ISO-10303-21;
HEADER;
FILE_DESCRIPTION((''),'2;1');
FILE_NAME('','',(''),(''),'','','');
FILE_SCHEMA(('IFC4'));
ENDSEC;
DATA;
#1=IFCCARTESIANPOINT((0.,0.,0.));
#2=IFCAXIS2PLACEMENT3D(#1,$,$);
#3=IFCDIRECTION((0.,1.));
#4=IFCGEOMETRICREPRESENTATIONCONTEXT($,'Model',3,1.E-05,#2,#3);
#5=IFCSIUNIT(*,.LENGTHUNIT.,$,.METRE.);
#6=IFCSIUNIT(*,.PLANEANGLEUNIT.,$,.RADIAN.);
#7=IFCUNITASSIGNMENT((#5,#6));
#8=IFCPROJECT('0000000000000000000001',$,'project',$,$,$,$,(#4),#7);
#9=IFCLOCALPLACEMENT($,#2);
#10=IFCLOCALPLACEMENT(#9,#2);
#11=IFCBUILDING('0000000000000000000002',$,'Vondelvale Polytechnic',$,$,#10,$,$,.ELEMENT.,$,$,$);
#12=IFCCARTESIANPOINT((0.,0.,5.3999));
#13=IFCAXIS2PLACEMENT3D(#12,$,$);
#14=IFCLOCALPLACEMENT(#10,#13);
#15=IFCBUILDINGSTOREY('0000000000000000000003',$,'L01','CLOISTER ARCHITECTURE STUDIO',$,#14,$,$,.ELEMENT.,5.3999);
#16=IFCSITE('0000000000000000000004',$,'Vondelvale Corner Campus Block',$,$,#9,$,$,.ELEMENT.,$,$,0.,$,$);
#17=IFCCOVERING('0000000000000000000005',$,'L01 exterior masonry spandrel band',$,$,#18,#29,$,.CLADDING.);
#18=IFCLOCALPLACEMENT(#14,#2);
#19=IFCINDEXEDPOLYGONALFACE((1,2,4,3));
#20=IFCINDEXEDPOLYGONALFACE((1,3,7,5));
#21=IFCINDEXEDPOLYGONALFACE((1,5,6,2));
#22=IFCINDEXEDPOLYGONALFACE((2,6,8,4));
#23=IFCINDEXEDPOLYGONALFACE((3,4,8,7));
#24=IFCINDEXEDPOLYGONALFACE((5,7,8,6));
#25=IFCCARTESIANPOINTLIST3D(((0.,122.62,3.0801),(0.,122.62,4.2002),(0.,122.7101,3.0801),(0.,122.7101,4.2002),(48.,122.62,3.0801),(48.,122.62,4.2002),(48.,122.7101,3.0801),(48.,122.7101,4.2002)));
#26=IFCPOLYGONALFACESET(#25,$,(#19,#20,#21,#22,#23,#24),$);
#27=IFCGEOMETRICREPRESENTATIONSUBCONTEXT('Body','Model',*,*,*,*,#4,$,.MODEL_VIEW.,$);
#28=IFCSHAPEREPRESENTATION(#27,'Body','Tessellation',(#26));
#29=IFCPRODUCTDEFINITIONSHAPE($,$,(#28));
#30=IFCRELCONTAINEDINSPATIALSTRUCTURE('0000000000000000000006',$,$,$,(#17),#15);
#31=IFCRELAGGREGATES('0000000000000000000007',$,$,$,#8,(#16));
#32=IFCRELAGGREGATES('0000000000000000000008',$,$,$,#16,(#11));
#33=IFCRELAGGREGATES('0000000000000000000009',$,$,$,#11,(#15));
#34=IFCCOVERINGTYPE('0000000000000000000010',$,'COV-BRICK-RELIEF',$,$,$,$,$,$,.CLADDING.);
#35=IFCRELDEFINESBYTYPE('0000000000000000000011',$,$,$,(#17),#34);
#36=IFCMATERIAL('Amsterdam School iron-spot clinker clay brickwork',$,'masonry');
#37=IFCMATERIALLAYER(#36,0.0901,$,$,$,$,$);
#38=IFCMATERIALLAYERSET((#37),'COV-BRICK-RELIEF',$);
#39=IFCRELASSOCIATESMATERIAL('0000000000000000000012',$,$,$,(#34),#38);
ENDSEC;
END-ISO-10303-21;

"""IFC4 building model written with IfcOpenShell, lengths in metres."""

from ifc_helpers import new_model, si_unit, direction, frame, origin, origin_2d, place, context, subcontext, project, spatial, rectangle, extrude, material, layer, layer_set, type_object, element, save


model = new_model("IFC4")

# Units and contexts
model_context = context("Model", 3, precision=1e-05, world=origin(), true_north=direction((0.0, 1.0)))
body_context = subcontext(model_context, "Body", "Model", "MODEL_VIEW")
ifc_project = project(units=[si_unit("LENGTHUNIT", "METRE"), si_unit("PLANEANGLEUNIT", "RADIAN")], contexts=[model_context])

# Site, building, storey
site_placement = place(None, origin())
site = spatial("IfcSite", under=ifc_project, at=site_placement, Name="Vondelvale Corner Campus Block", CompositionType="ELEMENT", RefElevation=0.0)
building_placement = place(site_placement, origin())
building = spatial("IfcBuilding", under=site, at=building_placement, Name="Vondelvale Polytechnic", CompositionType="ELEMENT")
storey_placement = place(building_placement, frame((0.0, 0.0, 5.3999)))
storey = spatial("IfcBuildingStorey", under=building, at=storey_placement, Name="L01", Description="CLOISTER ARCHITECTURE STUDIO", CompositionType="ELEMENT", Elevation=5.3999)

# Covering
ifc_material_1 = material(Name="Amsterdam School iron-spot clinker clay brickwork", Category="masonry")
ifc_layer_1 = layer(ifc_material_1, 0.0901)
ifc_layer_set_1 = layer_set([ifc_layer_1], Name="COV-BRICK-RELIEF")
covering_type = type_object("IfcCoveringType", Name="COV-BRICK-RELIEF", PredefinedType="CLADDING", material=ifc_layer_set_1)
covering_placement = place(storey_placement, frame((24.0, 122.665, 3.0801), z_axis=(0.0, 0.0, 1.0), x_axis=(1.0, 0.0, 0.0)))
element("IfcCovering", 1, at=covering_placement, inside=storey, type_object=covering_type, Name="L01 exterior masonry spandrel band", PredefinedType="CLADDING", context=body_context, shape_type="SweptSolid", body=[
    extrude(rectangle(XDim=48.0, YDim=0.0901, at=origin_2d()), origin(), (0.0, 0.0, 1.0), 1.1201),
])

save(model, "model.ifc")
